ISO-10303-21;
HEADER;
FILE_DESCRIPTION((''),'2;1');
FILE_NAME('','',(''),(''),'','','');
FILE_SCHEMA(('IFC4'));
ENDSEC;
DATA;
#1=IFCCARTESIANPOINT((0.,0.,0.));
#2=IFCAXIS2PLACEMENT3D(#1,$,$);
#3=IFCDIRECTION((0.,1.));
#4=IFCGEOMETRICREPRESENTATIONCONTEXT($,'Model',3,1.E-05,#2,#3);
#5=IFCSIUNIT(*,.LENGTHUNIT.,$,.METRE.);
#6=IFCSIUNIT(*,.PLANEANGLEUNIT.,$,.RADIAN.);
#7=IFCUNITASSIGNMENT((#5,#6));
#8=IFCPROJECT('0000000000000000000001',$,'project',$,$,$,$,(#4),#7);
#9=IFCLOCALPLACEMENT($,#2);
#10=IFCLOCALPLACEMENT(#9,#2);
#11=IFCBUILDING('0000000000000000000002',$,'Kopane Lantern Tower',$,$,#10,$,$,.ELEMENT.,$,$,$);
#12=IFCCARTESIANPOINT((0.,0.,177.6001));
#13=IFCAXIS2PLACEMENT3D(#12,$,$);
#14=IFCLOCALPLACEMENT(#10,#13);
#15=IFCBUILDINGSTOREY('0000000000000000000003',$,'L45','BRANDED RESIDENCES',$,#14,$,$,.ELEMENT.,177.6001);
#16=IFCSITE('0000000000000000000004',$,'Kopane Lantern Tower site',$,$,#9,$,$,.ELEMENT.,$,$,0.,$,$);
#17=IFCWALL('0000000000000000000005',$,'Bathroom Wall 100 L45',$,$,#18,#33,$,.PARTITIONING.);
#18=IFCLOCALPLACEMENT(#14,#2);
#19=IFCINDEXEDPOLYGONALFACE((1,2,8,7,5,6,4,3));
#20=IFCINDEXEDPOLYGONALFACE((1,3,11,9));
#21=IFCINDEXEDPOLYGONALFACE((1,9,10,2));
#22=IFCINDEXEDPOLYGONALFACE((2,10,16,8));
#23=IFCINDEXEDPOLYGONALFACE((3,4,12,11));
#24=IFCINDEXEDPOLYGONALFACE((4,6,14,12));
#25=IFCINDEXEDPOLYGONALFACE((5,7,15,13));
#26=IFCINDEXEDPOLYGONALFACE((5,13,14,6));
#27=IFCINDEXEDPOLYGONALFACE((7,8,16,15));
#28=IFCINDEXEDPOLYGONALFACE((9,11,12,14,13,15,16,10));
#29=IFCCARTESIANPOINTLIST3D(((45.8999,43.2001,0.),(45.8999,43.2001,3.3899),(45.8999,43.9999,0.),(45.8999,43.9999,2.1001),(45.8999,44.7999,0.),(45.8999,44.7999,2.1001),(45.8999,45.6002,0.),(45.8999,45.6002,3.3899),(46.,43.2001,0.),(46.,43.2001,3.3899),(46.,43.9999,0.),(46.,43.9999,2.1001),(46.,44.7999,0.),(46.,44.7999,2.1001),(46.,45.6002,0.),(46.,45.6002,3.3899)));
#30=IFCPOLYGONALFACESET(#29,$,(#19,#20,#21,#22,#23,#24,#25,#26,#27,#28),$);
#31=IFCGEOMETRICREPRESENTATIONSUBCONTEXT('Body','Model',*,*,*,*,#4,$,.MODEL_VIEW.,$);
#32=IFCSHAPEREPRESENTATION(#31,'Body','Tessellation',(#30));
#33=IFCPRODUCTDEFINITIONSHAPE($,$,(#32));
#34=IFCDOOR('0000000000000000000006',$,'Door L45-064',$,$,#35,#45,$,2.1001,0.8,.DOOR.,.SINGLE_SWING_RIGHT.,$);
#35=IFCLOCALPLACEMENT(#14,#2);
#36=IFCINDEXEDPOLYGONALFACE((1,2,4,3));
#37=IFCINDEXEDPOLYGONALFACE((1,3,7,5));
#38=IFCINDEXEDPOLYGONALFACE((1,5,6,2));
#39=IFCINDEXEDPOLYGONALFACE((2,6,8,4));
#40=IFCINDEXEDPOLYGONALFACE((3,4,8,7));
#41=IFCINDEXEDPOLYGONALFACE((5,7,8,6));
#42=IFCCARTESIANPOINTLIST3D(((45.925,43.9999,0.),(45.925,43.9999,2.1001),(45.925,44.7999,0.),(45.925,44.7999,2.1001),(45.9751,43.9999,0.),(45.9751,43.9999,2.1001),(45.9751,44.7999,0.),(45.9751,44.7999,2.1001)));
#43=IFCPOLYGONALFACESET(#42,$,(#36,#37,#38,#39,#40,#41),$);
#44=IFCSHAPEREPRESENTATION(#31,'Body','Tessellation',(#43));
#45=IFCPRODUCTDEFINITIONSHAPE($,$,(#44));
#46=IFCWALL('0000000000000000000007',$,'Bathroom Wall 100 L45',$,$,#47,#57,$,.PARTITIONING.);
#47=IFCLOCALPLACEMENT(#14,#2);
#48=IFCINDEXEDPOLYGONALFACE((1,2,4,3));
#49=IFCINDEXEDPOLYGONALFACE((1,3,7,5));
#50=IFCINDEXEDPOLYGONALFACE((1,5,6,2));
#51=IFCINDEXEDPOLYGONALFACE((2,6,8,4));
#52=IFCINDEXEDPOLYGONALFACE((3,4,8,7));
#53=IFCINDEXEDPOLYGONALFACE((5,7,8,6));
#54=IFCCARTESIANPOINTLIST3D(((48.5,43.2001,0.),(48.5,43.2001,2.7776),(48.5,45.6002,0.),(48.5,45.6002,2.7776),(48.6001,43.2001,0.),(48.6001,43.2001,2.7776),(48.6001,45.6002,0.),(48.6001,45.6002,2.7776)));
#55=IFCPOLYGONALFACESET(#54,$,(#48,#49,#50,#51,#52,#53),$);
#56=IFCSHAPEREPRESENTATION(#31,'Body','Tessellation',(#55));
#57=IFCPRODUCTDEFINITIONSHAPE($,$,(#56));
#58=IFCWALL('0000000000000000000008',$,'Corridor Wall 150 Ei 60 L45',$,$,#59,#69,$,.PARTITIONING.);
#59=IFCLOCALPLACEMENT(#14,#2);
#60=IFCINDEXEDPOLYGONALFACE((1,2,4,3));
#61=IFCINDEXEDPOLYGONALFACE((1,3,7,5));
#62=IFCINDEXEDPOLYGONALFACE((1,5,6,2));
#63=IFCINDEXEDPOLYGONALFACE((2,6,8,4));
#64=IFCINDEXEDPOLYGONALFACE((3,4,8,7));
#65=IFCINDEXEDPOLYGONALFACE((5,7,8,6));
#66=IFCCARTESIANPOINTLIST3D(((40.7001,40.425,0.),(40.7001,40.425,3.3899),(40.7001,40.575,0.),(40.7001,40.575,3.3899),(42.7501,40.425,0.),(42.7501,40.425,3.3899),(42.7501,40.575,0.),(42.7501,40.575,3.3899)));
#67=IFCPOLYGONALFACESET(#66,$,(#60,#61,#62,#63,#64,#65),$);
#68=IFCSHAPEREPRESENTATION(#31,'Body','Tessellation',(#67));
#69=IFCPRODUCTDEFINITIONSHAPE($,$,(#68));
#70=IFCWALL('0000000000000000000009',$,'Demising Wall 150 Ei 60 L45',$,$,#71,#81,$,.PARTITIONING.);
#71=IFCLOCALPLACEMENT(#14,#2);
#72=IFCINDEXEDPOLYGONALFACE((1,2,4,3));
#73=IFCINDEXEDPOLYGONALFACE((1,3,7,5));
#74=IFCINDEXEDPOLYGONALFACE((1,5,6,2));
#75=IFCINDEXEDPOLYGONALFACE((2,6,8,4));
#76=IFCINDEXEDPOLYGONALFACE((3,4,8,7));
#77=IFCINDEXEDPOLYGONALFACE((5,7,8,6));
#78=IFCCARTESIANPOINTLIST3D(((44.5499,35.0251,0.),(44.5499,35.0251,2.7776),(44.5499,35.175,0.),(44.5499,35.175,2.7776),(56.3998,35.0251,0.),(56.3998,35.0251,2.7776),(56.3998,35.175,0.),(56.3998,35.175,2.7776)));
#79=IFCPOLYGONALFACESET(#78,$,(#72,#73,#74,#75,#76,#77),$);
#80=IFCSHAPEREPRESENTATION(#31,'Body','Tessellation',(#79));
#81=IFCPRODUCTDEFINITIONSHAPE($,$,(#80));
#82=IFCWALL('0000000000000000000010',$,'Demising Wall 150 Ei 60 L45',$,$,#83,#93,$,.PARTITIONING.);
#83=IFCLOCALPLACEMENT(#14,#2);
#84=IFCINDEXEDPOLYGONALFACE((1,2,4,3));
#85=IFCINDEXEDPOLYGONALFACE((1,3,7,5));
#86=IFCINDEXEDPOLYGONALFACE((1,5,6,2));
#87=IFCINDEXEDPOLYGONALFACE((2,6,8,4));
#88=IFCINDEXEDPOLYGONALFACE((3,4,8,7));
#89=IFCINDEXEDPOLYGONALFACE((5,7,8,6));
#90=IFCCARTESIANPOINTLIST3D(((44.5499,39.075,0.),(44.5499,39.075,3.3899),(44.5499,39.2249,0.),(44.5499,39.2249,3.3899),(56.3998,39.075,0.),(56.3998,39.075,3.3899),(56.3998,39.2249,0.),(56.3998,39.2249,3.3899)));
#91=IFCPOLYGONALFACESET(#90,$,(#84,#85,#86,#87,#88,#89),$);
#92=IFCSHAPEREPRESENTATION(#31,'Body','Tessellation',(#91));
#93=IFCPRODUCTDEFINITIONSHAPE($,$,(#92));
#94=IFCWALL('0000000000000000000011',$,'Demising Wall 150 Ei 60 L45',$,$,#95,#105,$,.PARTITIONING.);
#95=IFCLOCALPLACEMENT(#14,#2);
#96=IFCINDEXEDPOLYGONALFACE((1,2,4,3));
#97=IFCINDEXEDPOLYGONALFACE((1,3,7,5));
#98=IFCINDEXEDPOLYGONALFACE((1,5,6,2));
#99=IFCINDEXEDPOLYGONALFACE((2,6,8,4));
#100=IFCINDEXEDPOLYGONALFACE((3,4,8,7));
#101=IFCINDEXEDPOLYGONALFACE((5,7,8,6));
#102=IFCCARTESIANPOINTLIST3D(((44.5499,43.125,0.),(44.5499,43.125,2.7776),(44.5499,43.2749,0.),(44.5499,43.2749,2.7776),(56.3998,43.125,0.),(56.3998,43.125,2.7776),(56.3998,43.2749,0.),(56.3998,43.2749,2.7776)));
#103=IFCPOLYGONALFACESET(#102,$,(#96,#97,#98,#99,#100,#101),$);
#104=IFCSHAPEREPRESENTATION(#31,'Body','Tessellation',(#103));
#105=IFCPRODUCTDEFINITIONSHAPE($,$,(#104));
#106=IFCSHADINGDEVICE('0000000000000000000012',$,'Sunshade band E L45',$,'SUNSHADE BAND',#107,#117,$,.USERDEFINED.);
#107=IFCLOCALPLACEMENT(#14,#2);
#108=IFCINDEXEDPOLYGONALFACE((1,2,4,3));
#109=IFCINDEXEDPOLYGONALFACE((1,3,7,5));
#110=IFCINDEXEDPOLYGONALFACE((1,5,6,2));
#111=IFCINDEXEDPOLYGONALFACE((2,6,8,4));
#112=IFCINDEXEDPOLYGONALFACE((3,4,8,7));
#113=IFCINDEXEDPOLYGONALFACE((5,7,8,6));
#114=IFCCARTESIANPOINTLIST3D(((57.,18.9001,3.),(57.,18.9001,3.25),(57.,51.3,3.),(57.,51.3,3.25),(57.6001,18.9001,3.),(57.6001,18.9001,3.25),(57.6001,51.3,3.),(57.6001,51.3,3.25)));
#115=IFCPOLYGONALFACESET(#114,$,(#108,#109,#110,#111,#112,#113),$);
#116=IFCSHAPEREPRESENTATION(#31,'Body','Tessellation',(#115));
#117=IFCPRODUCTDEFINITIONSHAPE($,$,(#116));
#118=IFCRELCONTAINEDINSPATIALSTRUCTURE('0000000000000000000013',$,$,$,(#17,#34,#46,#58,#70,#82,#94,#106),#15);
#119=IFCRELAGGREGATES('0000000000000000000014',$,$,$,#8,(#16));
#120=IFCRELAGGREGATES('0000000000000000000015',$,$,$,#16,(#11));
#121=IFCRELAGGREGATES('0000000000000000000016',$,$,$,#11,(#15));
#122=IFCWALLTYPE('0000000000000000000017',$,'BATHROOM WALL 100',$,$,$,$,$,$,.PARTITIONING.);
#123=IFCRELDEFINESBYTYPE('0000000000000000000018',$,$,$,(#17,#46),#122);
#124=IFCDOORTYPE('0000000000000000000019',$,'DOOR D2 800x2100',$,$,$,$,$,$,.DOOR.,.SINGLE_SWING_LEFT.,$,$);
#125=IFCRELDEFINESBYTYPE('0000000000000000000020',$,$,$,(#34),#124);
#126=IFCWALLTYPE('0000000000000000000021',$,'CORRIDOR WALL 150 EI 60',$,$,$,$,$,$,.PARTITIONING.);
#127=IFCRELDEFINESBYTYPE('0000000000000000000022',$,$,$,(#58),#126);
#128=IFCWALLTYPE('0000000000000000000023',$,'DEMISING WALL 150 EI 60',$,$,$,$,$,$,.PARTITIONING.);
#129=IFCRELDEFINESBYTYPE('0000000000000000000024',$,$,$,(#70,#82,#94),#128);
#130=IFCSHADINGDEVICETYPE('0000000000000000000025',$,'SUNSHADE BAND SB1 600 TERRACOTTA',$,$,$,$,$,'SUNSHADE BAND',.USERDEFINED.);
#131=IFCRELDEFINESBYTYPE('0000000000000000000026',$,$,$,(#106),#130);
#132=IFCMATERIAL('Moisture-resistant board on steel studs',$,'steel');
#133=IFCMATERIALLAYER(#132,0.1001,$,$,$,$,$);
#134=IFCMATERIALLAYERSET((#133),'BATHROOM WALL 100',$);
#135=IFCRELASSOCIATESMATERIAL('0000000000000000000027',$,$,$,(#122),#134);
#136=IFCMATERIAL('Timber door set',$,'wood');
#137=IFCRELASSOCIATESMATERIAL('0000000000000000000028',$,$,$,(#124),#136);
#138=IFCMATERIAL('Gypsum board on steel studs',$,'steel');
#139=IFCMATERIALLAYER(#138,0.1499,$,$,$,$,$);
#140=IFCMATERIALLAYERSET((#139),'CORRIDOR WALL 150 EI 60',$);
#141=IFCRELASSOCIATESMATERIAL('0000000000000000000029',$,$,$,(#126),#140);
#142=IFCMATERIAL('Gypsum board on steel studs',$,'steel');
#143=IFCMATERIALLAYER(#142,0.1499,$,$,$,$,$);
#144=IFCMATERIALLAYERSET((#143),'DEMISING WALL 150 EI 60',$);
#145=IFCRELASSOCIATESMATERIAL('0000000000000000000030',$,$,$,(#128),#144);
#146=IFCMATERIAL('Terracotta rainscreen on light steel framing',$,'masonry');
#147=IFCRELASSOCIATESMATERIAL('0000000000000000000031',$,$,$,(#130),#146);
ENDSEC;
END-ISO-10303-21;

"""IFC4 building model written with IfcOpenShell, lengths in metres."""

from ifc_helpers import new_model, si_unit, direction, frame, frame_2d, origin, origin_2d, place, context, subcontext, project, spatial, rectangle, extrude, material, layer, layer_set, type_object, element, fill, save


model = new_model("IFC4")

# Units and contexts
model_context = context("Model", 3, precision=1e-05, world=origin(), true_north=direction((0.0, 1.0)))
body_context = subcontext(model_context, "Body", "Model", "MODEL_VIEW")
ifc_project = project(units=[si_unit("LENGTHUNIT", "METRE"), si_unit("PLANEANGLEUNIT", "RADIAN")], contexts=[model_context])

# Site, building, storey
site_placement = place(None, origin())
site = spatial("IfcSite", under=ifc_project, at=site_placement, Name="Kopane Lantern Tower site", CompositionType="ELEMENT", RefElevation=0.0)
building_placement = place(site_placement, origin())
building = spatial("IfcBuilding", under=site, at=building_placement, Name="Kopane Lantern Tower", CompositionType="ELEMENT")
storey_placement = place(building_placement, frame((0.0, 0.0, 177.6001)))
storey = spatial("IfcBuildingStorey", under=building, at=storey_placement, Name="L45", Description="BRANDED RESIDENCES", CompositionType="ELEMENT", Elevation=177.6001)

# Shared definitions
ifc_material_1 = material(Name="Moisture-resistant board on steel studs", Category="steel")
ifc_layer_1 = layer(ifc_material_1, 0.1001)
ifc_layer_set_1 = layer_set([ifc_layer_1], Name="BATHROOM WALL 100")
wall_type_1 = type_object("IfcWallType", Name="BATHROOM WALL 100", PredefinedType="PARTITIONING", material=ifc_layer_set_1)
ifc_material_2 = material(Name="Timber door set", Category="wood")
door_type = type_object("IfcDoorType", Name="DOOR D2 800x2100", OperationType="SINGLE_SWING_LEFT", PredefinedType="DOOR", material=ifc_material_2)

# Wall, opening, door
wall_1_placement = place(storey_placement, frame((45.95, 43.2, 0.0), z_axis=(0.0, 0.0, 1.0), x_axis=(0.0, 1.0, 0.0)))
wall_1 = element("IfcWall", 1, at=wall_1_placement, inside=storey, type_object=wall_type_1, Name="Bathroom Wall 100 L45", PredefinedType="PARTITIONING", context=body_context, shape_type="SweptSolid", body=[
    extrude(rectangle(XDim=2.4001, YDim=0.1001, at=frame_2d((1.2002, 0.0))), origin(), (0.0, 0.0, 1.0), 3.3899),
])
opening_1_placement = place(wall_1_placement, frame((0.8, 0.0, 0.0)))
opening_1 = element("IfcOpeningElement", 2, at=opening_1_placement, cuts=wall_1, PredefinedType="OPENING", context=body_context, shape_type="SweptSolid", body=[
    extrude(rectangle(XDim=0.8, YDim=2.1001, at=frame_2d((0.3999, 1.05))), frame((0.0, 0.0601, 0.0), z_axis=(0.0, -1.0, 0.0), x_axis=(1.0, 0.0, 0.0)), (0.0, 0.0, 1.0), 0.1201),
])
door_1_placement = place(opening_1_placement, origin())
door_1 = element("IfcDoor", 3, at=door_1_placement, inside=storey, type_object=door_type, Name="Door L45-064", OperationType="SINGLE_SWING_RIGHT", OverallHeight=2.1001, OverallWidth=0.8, PredefinedType="DOOR", context=body_context, shape_type="SweptSolid", body=[
    extrude(rectangle(XDim=0.8, YDim=2.1001, at=frame_2d((0.3999, 1.05))), frame((0.0, 0.0249, 0.0), z_axis=(0.0, -1.0, 0.0), x_axis=(1.0, 0.0, 0.0)), (0.0, 0.0, 1.0), 0.05),
])
fill(opening_1, door_1)

# Walls
wall_2_placement = place(storey_placement, frame((48.55, 43.2, 0.0), z_axis=(0.0, 0.0, 1.0), x_axis=(0.0, 1.0, 0.0)))
element("IfcWall", 4, at=wall_2_placement, inside=storey, type_object=wall_type_1, Name="Bathroom Wall 100 L45", PredefinedType="PARTITIONING", context=body_context, shape_type="SweptSolid", body=[
    extrude(rectangle(XDim=2.4001, YDim=0.1001, at=frame_2d((1.2002, 0.0))), origin(), (0.0, 0.0, 1.0), 2.7776),
])
ifc_material_3 = material(Name="Gypsum board on steel studs", Category="steel")
ifc_layer_2 = layer(ifc_material_3, 0.1499)
ifc_layer_set_2 = layer_set([ifc_layer_2], Name="CORRIDOR WALL 150 EI 60")
wall_type_2 = type_object("IfcWallType", Name="CORRIDOR WALL 150 EI 60", PredefinedType="PARTITIONING", material=ifc_layer_set_2)
wall_3_placement = place(storey_placement, frame((42.75, 40.5, 0.0), z_axis=(0.0, 0.0, 1.0), x_axis=(-1.0, 0.0, 0.0)))
element("IfcWall", 5, at=wall_3_placement, inside=storey, type_object=wall_type_2, Name="Corridor Wall 150 Ei 60 L45", PredefinedType="PARTITIONING", context=body_context, shape_type="SweptSolid", body=[
    extrude(rectangle(XDim=2.05, YDim=0.1499, at=frame_2d((1.0249, 0.0))), origin(), (0.0, 0.0, 1.0), 3.3899),
])
ifc_material_4 = material(Name="Gypsum board on steel studs", Category="steel")
ifc_layer_3 = layer(ifc_material_4, 0.1499)
ifc_layer_set_3 = layer_set([ifc_layer_3], Name="DEMISING WALL 150 EI 60")
wall_type_3 = type_object("IfcWallType", Name="DEMISING WALL 150 EI 60", PredefinedType="PARTITIONING", material=ifc_layer_set_3)
wall_4_placement = place(storey_placement, frame((44.55, 35.1001, 0.0), z_axis=(0.0, 0.0, 1.0), x_axis=(1.0, 0.0, 0.0)))
element("IfcWall", 6, at=wall_4_placement, inside=storey, type_object=wall_type_3, Name="Demising Wall 150 Ei 60 L45", PredefinedType="PARTITIONING", context=body_context, shape_type="SweptSolid", body=[
    extrude(rectangle(XDim=11.8499, YDim=0.1499, at=frame_2d((5.9248, 0.0))), origin(), (0.0, 0.0, 1.0), 2.7776),
])
wall_5_placement = place(storey_placement, frame((44.55, 39.1499, 0.0), z_axis=(0.0, 0.0, 1.0), x_axis=(1.0, 0.0, 0.0)))
element("IfcWall", 7, at=wall_5_placement, inside=storey, type_object=wall_type_3, Name="Demising Wall 150 Ei 60 L45", PredefinedType="PARTITIONING", context=body_context, shape_type="SweptSolid", body=[
    extrude(rectangle(XDim=11.8499, YDim=0.1499, at=frame_2d((5.9248, 0.0))), origin(), (0.0, 0.0, 1.0), 3.3899),
])
wall_6_placement = place(storey_placement, frame((44.55, 43.2, 0.0), z_axis=(0.0, 0.0, 1.0), x_axis=(1.0, 0.0, 0.0)))
element("IfcWall", 8, at=wall_6_placement, inside=storey, type_object=wall_type_3, Name="Demising Wall 150 Ei 60 L45", PredefinedType="PARTITIONING", context=body_context, shape_type="SweptSolid", body=[
    extrude(rectangle(XDim=11.8499, YDim=0.1499, at=frame_2d((5.9248, 0.0))), origin(), (0.0, 0.0, 1.0), 2.7776),
])

# Shading device
ifc_material_5 = material(Name="Terracotta rainscreen on light steel framing", Category="masonry")
shading_device_type = type_object("IfcShadingDeviceType", Name="SUNSHADE BAND SB1 600 TERRACOTTA", ElementType="SUNSHADE BAND", PredefinedType="USERDEFINED", material=ifc_material_5)
shading_device_placement = place(storey_placement, frame((57.3, 35.1001, 3.0), z_axis=(0.0, 0.0, 1.0), x_axis=(0.0, 1.0, 0.0)))
element("IfcShadingDevice", 9, at=shading_device_placement, inside=storey, type_object=shading_device_type, Name="Sunshade band E L45", ObjectType="SUNSHADE BAND", PredefinedType="USERDEFINED", context=body_context, shape_type="SweptSolid", body=[
    extrude(rectangle(XDim=32.3999, YDim=0.6001, at=origin_2d()), origin(), (0.0, 0.0, 1.0), 0.25),
])

save(model, "model.ifc")
